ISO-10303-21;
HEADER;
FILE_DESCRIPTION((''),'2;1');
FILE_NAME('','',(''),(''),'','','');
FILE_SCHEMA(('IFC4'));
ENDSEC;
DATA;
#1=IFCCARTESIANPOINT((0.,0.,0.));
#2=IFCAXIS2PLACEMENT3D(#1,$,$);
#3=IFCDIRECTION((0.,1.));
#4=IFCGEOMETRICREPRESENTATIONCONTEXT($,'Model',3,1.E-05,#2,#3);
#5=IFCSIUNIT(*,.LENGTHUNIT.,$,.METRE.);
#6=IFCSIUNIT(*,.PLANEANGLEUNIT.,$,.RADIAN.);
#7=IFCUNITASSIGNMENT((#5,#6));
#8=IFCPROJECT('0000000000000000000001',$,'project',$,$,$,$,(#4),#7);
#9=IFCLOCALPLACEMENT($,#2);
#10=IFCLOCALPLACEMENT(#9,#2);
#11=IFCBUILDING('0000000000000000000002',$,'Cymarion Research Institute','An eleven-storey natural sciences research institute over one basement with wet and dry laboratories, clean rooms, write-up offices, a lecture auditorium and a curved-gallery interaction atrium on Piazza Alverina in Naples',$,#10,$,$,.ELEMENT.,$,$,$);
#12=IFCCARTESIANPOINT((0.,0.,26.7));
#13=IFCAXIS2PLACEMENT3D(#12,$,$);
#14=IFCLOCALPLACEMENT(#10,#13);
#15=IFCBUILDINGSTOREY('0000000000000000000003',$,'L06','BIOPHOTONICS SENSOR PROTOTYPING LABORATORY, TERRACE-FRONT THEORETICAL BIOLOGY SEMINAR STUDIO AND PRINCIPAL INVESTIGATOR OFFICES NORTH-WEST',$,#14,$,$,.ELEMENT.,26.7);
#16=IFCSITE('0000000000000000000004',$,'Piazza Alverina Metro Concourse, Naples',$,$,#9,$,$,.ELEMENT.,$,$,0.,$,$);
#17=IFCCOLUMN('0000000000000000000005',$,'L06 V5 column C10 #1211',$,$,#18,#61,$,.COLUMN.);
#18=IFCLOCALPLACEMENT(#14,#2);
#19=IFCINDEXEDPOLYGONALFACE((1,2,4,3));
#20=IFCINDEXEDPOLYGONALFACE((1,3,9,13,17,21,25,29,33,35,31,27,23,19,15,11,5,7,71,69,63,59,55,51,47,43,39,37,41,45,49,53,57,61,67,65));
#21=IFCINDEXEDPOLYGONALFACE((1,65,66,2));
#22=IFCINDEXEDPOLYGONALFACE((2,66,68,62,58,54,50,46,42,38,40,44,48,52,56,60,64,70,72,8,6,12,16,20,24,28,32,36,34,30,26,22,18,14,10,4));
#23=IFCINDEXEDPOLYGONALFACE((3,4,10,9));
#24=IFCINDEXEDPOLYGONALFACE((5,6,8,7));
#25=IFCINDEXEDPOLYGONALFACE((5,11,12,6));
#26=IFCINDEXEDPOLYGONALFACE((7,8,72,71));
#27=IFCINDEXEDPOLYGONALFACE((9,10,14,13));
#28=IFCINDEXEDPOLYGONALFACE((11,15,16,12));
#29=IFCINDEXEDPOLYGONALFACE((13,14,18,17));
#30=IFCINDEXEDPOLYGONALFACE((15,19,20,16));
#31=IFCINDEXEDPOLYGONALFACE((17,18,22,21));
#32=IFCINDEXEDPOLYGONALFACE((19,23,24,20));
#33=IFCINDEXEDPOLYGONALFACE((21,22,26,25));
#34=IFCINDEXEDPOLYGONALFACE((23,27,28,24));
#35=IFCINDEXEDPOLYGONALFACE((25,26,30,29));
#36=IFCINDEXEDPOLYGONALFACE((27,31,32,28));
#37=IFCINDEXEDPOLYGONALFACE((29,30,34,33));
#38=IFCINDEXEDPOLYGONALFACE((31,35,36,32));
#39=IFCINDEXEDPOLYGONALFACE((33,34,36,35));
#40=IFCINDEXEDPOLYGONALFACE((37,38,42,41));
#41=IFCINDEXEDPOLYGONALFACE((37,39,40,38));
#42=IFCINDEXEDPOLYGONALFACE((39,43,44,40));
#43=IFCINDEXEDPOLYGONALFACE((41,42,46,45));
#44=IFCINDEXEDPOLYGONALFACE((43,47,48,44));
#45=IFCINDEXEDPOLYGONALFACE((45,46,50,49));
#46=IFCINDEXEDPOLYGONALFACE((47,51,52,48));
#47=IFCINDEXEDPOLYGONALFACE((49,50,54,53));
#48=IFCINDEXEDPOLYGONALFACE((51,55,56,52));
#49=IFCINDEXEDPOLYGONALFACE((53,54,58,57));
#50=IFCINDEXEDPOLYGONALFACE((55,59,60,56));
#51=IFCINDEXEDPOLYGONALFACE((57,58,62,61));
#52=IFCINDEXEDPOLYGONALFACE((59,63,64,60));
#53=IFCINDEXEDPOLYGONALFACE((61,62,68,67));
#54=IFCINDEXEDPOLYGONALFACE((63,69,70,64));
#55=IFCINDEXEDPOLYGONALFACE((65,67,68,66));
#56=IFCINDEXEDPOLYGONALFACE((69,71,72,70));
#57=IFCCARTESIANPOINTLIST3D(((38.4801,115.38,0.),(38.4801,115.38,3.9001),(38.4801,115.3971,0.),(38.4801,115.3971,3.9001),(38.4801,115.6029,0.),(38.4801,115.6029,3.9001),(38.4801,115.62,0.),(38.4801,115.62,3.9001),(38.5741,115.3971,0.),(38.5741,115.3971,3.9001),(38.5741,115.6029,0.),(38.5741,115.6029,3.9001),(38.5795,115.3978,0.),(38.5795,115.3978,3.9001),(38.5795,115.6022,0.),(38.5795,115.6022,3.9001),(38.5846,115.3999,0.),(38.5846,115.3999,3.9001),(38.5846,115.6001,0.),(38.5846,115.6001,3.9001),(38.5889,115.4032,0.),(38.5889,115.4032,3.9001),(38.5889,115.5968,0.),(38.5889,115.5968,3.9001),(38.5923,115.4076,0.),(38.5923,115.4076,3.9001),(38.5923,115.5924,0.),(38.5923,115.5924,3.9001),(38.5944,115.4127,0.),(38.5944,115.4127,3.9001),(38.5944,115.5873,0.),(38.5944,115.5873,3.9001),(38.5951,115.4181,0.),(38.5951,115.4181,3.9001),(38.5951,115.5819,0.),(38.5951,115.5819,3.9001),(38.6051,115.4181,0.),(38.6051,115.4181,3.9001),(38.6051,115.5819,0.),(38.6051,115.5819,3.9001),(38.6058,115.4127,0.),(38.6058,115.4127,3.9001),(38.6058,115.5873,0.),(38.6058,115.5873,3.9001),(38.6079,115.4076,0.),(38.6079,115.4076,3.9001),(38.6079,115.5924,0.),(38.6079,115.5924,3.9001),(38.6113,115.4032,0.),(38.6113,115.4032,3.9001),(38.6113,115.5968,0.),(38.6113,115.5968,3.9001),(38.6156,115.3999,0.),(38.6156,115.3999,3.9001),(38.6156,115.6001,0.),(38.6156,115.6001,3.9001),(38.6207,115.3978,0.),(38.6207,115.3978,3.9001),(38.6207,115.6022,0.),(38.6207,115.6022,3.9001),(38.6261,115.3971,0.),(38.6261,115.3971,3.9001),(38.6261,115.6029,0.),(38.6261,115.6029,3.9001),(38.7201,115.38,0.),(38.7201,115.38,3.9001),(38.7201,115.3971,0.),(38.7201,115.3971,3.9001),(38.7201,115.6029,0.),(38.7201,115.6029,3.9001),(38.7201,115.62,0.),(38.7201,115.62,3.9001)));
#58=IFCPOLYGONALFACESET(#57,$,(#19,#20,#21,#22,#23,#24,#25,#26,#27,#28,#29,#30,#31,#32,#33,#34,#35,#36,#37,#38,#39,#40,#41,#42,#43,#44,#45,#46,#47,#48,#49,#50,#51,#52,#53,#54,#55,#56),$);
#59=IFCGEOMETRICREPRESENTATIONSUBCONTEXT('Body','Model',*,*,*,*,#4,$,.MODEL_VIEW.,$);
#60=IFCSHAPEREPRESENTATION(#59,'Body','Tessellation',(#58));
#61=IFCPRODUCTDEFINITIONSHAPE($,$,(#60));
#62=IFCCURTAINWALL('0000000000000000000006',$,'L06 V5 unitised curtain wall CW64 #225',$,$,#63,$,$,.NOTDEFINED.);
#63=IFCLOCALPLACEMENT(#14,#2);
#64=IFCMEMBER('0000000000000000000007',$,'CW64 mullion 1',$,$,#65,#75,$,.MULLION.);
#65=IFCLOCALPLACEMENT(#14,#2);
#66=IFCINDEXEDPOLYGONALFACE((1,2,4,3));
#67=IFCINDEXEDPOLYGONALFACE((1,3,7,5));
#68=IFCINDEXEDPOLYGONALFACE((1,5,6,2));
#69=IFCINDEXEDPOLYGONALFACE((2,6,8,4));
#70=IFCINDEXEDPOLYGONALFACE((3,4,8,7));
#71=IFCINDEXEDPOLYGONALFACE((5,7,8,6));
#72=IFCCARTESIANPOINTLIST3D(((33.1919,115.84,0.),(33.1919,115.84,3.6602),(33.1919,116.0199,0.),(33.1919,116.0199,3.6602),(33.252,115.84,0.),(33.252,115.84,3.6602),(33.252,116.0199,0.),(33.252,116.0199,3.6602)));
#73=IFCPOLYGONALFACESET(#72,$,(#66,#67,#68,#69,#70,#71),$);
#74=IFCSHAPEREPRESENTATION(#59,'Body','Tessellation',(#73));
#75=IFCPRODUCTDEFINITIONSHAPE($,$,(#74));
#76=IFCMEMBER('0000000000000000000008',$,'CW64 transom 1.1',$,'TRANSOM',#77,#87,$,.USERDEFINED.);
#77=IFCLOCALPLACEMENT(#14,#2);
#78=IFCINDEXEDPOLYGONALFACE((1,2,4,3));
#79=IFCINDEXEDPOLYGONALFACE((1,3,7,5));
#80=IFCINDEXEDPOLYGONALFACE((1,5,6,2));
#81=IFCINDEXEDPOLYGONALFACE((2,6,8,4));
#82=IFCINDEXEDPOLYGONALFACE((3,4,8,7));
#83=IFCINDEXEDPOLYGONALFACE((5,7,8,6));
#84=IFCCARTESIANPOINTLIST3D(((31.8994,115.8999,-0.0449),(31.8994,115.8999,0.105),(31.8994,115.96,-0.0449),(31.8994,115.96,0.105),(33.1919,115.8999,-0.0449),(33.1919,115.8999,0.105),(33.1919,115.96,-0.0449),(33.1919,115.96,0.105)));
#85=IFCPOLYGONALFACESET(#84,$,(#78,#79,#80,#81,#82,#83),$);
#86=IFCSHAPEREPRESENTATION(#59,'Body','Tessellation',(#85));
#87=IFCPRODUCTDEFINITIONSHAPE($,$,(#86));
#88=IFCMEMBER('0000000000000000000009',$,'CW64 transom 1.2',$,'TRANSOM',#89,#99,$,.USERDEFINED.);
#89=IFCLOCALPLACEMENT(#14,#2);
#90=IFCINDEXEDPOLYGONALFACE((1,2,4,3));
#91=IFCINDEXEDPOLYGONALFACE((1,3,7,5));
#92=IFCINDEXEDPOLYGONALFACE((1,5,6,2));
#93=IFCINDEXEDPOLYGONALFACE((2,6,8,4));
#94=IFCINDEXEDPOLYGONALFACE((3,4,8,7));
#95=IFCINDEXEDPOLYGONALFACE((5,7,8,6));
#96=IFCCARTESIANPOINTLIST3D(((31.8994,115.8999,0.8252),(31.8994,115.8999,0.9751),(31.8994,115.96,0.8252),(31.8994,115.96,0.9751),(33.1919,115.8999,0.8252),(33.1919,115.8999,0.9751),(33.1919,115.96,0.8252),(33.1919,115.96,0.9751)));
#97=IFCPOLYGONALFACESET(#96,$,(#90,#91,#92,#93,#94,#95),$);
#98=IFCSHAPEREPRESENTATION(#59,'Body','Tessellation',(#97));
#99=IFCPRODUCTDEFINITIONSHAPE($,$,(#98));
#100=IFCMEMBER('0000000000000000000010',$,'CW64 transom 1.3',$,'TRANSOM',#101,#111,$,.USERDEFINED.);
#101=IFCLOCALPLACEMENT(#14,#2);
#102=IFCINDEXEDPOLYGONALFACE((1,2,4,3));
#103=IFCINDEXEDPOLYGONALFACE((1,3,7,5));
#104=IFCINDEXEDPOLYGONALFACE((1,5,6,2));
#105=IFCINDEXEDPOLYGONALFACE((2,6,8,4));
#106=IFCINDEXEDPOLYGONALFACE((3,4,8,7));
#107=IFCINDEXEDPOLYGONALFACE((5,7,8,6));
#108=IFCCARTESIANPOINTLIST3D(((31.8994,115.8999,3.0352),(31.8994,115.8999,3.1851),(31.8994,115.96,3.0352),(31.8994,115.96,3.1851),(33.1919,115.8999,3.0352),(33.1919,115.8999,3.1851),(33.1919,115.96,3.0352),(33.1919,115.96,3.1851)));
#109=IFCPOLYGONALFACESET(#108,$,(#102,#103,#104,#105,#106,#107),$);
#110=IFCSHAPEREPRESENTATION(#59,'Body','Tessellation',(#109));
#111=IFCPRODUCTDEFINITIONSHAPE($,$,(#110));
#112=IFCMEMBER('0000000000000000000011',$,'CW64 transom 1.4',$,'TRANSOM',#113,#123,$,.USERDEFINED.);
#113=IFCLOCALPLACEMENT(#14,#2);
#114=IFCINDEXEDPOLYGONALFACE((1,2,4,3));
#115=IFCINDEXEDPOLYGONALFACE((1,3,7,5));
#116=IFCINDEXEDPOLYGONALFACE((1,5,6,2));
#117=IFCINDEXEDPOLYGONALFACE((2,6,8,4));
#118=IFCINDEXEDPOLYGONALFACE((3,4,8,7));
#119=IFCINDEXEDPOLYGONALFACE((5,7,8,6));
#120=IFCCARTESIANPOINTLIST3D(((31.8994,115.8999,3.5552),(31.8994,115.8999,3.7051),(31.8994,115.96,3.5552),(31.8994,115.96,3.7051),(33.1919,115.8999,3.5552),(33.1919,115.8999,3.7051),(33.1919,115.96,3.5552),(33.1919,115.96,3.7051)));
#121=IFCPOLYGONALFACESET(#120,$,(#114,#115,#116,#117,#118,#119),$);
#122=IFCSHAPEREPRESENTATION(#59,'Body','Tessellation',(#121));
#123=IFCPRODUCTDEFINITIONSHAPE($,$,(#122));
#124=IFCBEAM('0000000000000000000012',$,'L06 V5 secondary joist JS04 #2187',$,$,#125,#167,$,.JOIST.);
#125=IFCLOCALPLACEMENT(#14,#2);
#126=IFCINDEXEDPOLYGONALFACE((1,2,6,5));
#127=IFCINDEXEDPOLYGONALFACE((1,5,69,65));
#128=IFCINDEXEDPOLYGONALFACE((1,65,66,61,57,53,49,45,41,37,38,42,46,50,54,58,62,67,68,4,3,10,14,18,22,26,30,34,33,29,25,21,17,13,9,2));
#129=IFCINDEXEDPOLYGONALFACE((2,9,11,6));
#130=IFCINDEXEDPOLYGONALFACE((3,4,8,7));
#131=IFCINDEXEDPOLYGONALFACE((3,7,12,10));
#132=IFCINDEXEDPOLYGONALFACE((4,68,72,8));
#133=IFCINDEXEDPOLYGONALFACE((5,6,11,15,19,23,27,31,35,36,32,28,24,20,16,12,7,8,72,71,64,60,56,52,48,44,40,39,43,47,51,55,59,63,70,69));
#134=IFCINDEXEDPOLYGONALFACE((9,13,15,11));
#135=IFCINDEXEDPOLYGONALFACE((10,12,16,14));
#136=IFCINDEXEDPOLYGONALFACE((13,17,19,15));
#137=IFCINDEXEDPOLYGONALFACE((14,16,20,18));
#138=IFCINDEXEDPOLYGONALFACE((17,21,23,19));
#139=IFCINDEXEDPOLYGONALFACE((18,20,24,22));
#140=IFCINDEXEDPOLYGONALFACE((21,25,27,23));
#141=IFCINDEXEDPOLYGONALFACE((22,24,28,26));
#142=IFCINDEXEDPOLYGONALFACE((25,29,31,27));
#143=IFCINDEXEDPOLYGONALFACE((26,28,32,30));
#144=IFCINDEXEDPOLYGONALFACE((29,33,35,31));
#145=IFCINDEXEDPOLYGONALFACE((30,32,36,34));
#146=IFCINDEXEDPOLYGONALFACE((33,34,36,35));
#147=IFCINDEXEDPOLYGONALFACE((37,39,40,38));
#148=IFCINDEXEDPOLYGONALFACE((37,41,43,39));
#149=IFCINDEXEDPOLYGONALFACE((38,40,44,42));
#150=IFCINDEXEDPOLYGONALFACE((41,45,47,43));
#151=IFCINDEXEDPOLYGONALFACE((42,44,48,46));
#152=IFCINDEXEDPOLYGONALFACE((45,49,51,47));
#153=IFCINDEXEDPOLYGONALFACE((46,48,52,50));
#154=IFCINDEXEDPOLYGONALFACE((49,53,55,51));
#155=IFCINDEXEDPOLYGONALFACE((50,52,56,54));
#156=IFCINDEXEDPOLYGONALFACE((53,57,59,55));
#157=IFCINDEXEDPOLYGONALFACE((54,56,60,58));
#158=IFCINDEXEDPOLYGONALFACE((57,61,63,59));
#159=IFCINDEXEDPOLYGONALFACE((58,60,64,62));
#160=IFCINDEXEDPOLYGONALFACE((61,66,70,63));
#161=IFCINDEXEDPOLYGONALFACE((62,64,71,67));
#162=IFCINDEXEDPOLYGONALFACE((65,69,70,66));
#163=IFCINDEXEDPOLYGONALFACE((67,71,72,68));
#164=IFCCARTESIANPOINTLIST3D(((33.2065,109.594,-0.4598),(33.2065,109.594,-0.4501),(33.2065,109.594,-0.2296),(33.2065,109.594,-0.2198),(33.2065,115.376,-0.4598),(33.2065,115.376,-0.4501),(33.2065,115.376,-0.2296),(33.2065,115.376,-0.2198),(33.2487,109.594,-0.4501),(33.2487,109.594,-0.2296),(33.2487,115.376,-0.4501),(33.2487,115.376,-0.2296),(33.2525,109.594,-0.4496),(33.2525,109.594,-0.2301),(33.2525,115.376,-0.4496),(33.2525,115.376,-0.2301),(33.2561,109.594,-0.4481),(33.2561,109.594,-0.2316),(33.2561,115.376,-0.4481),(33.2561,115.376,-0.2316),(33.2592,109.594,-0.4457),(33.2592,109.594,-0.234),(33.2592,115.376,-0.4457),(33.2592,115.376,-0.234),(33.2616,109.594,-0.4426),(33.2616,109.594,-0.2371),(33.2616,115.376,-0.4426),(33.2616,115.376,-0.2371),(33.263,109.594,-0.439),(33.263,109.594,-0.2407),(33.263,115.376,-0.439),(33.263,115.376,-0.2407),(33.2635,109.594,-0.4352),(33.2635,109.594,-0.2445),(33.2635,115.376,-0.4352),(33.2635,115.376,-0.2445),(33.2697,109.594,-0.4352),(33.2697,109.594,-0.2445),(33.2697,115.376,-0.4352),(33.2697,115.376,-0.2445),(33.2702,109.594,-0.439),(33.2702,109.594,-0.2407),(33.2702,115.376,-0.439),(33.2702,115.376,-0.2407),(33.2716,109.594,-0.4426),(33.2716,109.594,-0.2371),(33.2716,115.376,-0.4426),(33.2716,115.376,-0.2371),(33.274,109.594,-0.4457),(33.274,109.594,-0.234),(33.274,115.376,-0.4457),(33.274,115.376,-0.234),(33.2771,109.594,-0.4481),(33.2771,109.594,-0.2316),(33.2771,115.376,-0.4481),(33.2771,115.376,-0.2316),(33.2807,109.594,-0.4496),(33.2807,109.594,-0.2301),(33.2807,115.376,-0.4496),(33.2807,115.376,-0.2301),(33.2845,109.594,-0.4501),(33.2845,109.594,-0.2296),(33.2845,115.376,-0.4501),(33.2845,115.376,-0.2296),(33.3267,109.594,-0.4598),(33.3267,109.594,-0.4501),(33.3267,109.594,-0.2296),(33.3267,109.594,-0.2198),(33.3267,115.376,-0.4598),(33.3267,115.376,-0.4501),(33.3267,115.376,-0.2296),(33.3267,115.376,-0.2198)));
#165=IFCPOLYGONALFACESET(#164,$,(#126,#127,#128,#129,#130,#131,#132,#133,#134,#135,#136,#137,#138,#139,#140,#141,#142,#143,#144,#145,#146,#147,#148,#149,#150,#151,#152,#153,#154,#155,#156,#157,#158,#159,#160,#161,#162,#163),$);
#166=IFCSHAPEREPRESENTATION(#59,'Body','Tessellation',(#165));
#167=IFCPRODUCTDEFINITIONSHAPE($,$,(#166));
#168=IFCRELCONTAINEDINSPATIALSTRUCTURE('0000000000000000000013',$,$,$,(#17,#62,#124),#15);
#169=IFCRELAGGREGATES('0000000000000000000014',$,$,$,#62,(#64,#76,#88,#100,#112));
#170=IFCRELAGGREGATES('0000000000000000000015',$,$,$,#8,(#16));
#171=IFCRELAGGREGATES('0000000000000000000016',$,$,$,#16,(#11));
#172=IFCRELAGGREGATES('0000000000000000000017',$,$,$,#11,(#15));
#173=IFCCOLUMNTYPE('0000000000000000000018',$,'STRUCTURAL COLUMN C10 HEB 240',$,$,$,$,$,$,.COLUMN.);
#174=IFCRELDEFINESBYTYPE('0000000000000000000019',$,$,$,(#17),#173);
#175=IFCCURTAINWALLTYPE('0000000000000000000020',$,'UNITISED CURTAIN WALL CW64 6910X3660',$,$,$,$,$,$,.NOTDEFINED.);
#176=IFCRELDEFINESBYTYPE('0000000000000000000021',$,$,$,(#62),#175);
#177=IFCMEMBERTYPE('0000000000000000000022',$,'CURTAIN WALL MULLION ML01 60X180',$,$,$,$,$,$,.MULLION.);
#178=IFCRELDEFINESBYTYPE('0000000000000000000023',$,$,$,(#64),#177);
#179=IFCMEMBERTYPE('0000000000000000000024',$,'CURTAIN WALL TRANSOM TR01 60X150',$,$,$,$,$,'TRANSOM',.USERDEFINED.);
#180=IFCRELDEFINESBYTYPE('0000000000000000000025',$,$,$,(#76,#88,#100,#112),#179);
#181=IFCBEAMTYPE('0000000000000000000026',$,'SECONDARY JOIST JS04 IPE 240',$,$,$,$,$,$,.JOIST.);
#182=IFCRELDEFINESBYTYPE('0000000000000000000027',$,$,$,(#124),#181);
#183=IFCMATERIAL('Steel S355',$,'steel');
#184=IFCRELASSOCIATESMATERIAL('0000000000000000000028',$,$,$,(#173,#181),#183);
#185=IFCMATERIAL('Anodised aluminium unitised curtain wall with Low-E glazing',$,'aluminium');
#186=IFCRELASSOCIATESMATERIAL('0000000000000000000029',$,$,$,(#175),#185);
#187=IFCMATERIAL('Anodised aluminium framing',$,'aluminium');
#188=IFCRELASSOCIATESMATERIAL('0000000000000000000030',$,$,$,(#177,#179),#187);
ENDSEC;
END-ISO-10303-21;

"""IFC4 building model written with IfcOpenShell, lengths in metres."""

from ifc_helpers import new_model, si_unit, direction, frame, origin, origin_2d, place, context, subcontext, project, spatial, rectangle, i_section, extrude, material, material_profile, profile_set, type_object, element, aggregate, save


model = new_model("IFC4")

# Units and contexts
model_context = context("Model", 3, precision=1e-05, world=origin(), true_north=direction((0.0, 1.0)))
body_context = subcontext(model_context, "Body", "Model", "MODEL_VIEW")
ifc_project = project(units=[si_unit("LENGTHUNIT", "METRE"), si_unit("PLANEANGLEUNIT", "RADIAN")], contexts=[model_context])

# Site, building, storey
site_placement = place(None, origin())
site = spatial("IfcSite", under=ifc_project, at=site_placement, Name="Piazza Alverina Metro Concourse, Naples", CompositionType="ELEMENT", RefElevation=0.0)
building_placement = place(site_placement, origin())
building = spatial("IfcBuilding", under=site, at=building_placement, Name="Cymarion Research Institute", Description="An eleven-storey natural sciences research institute over one basement with wet and dry laboratories, clean rooms, write-up offices, a lecture auditorium and a curved-gallery interaction atrium on Piazza Alverina in Naples", CompositionType="ELEMENT")
storey_placement = place(building_placement, frame((0.0, 0.0, 26.7)))
storey = spatial("IfcBuildingStorey", under=building, at=storey_placement, Name="L06", Description="BIOPHOTONICS SENSOR PROTOTYPING LABORATORY, TERRACE-FRONT THEORETICAL BIOLOGY SEMINAR STUDIO AND PRINCIPAL INVESTIGATOR OFFICES NORTH-WEST", CompositionType="ELEMENT", Elevation=26.7)

# Column
ifc_material_1 = material(Name="Steel S355", Category="steel")
ifc_material_profile_1 = material_profile(ifc_material_1, i_section(OverallWidth=0.24, OverallDepth=0.24, WebThickness=0.01, FlangeThickness=0.0171, FilletRadius=0.021, at=origin_2d()), Name="HEB 240")
ifc_profile_set_1 = profile_set([ifc_material_profile_1], Name="Steel S355")
column_type = type_object("IfcColumnType", Name="STRUCTURAL COLUMN C10 HEB 240", PredefinedType="COLUMN", material=ifc_profile_set_1)
column_placement = place(storey_placement, frame((38.6001, 115.5, 0.0), z_axis=(0.0, 0.0, 1.0), x_axis=(1.0, 0.0, 0.0)))
element("IfcColumn", 1, at=column_placement, inside=storey, type_object=column_type, Name="L06 V5 column C10 #1211", PredefinedType="COLUMN", context=body_context, shape_type="SweptSolid", body=[
    extrude(i_section(OverallWidth=0.24, OverallDepth=0.24, WebThickness=0.01, FlangeThickness=0.0171, FilletRadius=0.021, at=origin_2d()), origin(), (0.0, 0.0, 1.0), 3.9001),
])

# Curtain wall, members
ifc_material_2 = material(Name="Anodised aluminium unitised curtain wall with Low-E glazing", Category="aluminium")
curtain_wall_type = type_object("IfcCurtainWallType", Name="UNITISED CURTAIN WALL CW64 6910X3660", PredefinedType="NOTDEFINED", material=ifc_material_2)
curtain_wall_placement = place(storey_placement, origin())
curtain_wall = element("IfcCurtainWall", 2, at=curtain_wall_placement, inside=storey, type_object=curtain_wall_type, Name="L06 V5 unitised curtain wall CW64 #225", PredefinedType="NOTDEFINED")
ifc_material_3 = material(Name="Anodised aluminium framing", Category="aluminium")
ifc_material_profile_2 = material_profile(ifc_material_3, rectangle(XDim=0.0601, YDim=0.1799, at=origin_2d()), Name="ALU MULLION 60x180")
ifc_profile_set_2 = profile_set([ifc_material_profile_2], Name="Anodised aluminium framing")
member_type_1 = type_object("IfcMemberType", Name="CURTAIN WALL MULLION ML01 60X180", PredefinedType="MULLION", material=ifc_profile_set_2)
member_1_placement = place(storey_placement, frame((33.2219, 115.9299, 0.0), z_axis=(0.0, 0.0, 1.0), x_axis=(-1.0, 0.0, 0.0)))
member_1 = element("IfcMember", 3, at=member_1_placement, type_object=member_type_1, Name="CW64 mullion 1", PredefinedType="MULLION", context=body_context, shape_type="SweptSolid", body=[
    extrude(rectangle(XDim=0.0601, YDim=0.1799, at=origin_2d()), origin(), (0.0, 0.0, 1.0), 3.6602),
])
ifc_material_profile_3 = material_profile(ifc_material_3, rectangle(XDim=0.0601, YDim=0.1499, at=origin_2d()), Name="ALU TRANSOM 60x150")
ifc_profile_set_3 = profile_set([ifc_material_profile_3], Name="Anodised aluminium framing")
member_type_2 = type_object("IfcMemberType", Name="CURTAIN WALL TRANSOM TR01 60X150", ElementType="TRANSOM", PredefinedType="USERDEFINED", material=ifc_profile_set_3)
member_2_placement = place(storey_placement, frame((33.1919, 115.9299, 0.03), z_axis=(-1.0, 0.0, 0.0), x_axis=(0.0, -1.0, 0.0)))
member_2 = element("IfcMember", 4, at=member_2_placement, type_object=member_type_2, Name="CW64 transom 1.1", ObjectType="TRANSOM", PredefinedType="USERDEFINED", context=body_context, shape_type="SweptSolid", body=[
    extrude(rectangle(XDim=0.0601, YDim=0.1499, at=origin_2d()), origin(), (0.0, 0.0, 1.0), 1.2925),
])
member_3_placement = place(storey_placement, frame((33.1919, 115.9299, 0.9001), z_axis=(-1.0, 0.0, 0.0), x_axis=(0.0, -1.0, 0.0)))
member_3 = element("IfcMember", 5, at=member_3_placement, type_object=member_type_2, Name="CW64 transom 1.2", ObjectType="TRANSOM", PredefinedType="USERDEFINED", context=body_context, shape_type="SweptSolid", body=[
    extrude(rectangle(XDim=0.0601, YDim=0.1499, at=origin_2d()), origin(), (0.0, 0.0, 1.0), 1.2925),
])
member_4_placement = place(storey_placement, frame((33.1919, 115.9299, 3.1101), z_axis=(-1.0, 0.0, 0.0), x_axis=(0.0, -1.0, 0.0)))
member_4 = element("IfcMember", 6, at=member_4_placement, type_object=member_type_2, Name="CW64 transom 1.3", ObjectType="TRANSOM", PredefinedType="USERDEFINED", context=body_context, shape_type="SweptSolid", body=[
    extrude(rectangle(XDim=0.0601, YDim=0.1499, at=origin_2d()), origin(), (0.0, 0.0, 1.0), 1.2925),
])
member_5_placement = place(storey_placement, frame((33.1919, 115.9299, 3.6301), z_axis=(-1.0, 0.0, 0.0), x_axis=(0.0, -1.0, 0.0)))
member_5 = element("IfcMember", 7, at=member_5_placement, type_object=member_type_2, Name="CW64 transom 1.4", ObjectType="TRANSOM", PredefinedType="USERDEFINED", context=body_context, shape_type="SweptSolid", body=[
    extrude(rectangle(XDim=0.0601, YDim=0.1499, at=origin_2d()), origin(), (0.0, 0.0, 1.0), 1.2925),
])
aggregate(curtain_wall, [member_1, member_2, member_3, member_4, member_5])

# Beam
ifc_material_profile_4 = material_profile(ifc_material_1, i_section(OverallWidth=0.1201, OverallDepth=0.24, WebThickness=0.0061, FlangeThickness=0.0098, FilletRadius=0.0149, at=origin_2d()), Name="IPE 240")
ifc_profile_set_4 = profile_set([ifc_material_profile_4], Name="Steel S355")
beam_type_1 = type_object("IfcBeamType", Name="SECONDARY JOIST JS04 IPE 240", PredefinedType="JOIST", material=ifc_profile_set_4)
for number, where, z_axis, x_axis, name in (
    (8, (33.2666, 109.594, -0.3398), (0.0, 1.0, 0.0), (-1.0, 0.0, 0.0), "L06 V5 secondary joist JS04 #2187"),
):
    element("IfcBeam", number, at=place(storey_placement, frame(where, z_axis=z_axis, x_axis=x_axis)), inside=storey, type_object=beam_type_1, Name=name, PredefinedType="JOIST", context=body_context, shape_type="SweptSolid", body=[
        extrude(i_section(OverallWidth=0.1201, OverallDepth=0.24, WebThickness=0.0061, FlangeThickness=0.0098, FilletRadius=0.0149, at=origin_2d()), origin(), (0.0, 0.0, 1.0), 5.782),
    ])

save(model, "model.ifc")
